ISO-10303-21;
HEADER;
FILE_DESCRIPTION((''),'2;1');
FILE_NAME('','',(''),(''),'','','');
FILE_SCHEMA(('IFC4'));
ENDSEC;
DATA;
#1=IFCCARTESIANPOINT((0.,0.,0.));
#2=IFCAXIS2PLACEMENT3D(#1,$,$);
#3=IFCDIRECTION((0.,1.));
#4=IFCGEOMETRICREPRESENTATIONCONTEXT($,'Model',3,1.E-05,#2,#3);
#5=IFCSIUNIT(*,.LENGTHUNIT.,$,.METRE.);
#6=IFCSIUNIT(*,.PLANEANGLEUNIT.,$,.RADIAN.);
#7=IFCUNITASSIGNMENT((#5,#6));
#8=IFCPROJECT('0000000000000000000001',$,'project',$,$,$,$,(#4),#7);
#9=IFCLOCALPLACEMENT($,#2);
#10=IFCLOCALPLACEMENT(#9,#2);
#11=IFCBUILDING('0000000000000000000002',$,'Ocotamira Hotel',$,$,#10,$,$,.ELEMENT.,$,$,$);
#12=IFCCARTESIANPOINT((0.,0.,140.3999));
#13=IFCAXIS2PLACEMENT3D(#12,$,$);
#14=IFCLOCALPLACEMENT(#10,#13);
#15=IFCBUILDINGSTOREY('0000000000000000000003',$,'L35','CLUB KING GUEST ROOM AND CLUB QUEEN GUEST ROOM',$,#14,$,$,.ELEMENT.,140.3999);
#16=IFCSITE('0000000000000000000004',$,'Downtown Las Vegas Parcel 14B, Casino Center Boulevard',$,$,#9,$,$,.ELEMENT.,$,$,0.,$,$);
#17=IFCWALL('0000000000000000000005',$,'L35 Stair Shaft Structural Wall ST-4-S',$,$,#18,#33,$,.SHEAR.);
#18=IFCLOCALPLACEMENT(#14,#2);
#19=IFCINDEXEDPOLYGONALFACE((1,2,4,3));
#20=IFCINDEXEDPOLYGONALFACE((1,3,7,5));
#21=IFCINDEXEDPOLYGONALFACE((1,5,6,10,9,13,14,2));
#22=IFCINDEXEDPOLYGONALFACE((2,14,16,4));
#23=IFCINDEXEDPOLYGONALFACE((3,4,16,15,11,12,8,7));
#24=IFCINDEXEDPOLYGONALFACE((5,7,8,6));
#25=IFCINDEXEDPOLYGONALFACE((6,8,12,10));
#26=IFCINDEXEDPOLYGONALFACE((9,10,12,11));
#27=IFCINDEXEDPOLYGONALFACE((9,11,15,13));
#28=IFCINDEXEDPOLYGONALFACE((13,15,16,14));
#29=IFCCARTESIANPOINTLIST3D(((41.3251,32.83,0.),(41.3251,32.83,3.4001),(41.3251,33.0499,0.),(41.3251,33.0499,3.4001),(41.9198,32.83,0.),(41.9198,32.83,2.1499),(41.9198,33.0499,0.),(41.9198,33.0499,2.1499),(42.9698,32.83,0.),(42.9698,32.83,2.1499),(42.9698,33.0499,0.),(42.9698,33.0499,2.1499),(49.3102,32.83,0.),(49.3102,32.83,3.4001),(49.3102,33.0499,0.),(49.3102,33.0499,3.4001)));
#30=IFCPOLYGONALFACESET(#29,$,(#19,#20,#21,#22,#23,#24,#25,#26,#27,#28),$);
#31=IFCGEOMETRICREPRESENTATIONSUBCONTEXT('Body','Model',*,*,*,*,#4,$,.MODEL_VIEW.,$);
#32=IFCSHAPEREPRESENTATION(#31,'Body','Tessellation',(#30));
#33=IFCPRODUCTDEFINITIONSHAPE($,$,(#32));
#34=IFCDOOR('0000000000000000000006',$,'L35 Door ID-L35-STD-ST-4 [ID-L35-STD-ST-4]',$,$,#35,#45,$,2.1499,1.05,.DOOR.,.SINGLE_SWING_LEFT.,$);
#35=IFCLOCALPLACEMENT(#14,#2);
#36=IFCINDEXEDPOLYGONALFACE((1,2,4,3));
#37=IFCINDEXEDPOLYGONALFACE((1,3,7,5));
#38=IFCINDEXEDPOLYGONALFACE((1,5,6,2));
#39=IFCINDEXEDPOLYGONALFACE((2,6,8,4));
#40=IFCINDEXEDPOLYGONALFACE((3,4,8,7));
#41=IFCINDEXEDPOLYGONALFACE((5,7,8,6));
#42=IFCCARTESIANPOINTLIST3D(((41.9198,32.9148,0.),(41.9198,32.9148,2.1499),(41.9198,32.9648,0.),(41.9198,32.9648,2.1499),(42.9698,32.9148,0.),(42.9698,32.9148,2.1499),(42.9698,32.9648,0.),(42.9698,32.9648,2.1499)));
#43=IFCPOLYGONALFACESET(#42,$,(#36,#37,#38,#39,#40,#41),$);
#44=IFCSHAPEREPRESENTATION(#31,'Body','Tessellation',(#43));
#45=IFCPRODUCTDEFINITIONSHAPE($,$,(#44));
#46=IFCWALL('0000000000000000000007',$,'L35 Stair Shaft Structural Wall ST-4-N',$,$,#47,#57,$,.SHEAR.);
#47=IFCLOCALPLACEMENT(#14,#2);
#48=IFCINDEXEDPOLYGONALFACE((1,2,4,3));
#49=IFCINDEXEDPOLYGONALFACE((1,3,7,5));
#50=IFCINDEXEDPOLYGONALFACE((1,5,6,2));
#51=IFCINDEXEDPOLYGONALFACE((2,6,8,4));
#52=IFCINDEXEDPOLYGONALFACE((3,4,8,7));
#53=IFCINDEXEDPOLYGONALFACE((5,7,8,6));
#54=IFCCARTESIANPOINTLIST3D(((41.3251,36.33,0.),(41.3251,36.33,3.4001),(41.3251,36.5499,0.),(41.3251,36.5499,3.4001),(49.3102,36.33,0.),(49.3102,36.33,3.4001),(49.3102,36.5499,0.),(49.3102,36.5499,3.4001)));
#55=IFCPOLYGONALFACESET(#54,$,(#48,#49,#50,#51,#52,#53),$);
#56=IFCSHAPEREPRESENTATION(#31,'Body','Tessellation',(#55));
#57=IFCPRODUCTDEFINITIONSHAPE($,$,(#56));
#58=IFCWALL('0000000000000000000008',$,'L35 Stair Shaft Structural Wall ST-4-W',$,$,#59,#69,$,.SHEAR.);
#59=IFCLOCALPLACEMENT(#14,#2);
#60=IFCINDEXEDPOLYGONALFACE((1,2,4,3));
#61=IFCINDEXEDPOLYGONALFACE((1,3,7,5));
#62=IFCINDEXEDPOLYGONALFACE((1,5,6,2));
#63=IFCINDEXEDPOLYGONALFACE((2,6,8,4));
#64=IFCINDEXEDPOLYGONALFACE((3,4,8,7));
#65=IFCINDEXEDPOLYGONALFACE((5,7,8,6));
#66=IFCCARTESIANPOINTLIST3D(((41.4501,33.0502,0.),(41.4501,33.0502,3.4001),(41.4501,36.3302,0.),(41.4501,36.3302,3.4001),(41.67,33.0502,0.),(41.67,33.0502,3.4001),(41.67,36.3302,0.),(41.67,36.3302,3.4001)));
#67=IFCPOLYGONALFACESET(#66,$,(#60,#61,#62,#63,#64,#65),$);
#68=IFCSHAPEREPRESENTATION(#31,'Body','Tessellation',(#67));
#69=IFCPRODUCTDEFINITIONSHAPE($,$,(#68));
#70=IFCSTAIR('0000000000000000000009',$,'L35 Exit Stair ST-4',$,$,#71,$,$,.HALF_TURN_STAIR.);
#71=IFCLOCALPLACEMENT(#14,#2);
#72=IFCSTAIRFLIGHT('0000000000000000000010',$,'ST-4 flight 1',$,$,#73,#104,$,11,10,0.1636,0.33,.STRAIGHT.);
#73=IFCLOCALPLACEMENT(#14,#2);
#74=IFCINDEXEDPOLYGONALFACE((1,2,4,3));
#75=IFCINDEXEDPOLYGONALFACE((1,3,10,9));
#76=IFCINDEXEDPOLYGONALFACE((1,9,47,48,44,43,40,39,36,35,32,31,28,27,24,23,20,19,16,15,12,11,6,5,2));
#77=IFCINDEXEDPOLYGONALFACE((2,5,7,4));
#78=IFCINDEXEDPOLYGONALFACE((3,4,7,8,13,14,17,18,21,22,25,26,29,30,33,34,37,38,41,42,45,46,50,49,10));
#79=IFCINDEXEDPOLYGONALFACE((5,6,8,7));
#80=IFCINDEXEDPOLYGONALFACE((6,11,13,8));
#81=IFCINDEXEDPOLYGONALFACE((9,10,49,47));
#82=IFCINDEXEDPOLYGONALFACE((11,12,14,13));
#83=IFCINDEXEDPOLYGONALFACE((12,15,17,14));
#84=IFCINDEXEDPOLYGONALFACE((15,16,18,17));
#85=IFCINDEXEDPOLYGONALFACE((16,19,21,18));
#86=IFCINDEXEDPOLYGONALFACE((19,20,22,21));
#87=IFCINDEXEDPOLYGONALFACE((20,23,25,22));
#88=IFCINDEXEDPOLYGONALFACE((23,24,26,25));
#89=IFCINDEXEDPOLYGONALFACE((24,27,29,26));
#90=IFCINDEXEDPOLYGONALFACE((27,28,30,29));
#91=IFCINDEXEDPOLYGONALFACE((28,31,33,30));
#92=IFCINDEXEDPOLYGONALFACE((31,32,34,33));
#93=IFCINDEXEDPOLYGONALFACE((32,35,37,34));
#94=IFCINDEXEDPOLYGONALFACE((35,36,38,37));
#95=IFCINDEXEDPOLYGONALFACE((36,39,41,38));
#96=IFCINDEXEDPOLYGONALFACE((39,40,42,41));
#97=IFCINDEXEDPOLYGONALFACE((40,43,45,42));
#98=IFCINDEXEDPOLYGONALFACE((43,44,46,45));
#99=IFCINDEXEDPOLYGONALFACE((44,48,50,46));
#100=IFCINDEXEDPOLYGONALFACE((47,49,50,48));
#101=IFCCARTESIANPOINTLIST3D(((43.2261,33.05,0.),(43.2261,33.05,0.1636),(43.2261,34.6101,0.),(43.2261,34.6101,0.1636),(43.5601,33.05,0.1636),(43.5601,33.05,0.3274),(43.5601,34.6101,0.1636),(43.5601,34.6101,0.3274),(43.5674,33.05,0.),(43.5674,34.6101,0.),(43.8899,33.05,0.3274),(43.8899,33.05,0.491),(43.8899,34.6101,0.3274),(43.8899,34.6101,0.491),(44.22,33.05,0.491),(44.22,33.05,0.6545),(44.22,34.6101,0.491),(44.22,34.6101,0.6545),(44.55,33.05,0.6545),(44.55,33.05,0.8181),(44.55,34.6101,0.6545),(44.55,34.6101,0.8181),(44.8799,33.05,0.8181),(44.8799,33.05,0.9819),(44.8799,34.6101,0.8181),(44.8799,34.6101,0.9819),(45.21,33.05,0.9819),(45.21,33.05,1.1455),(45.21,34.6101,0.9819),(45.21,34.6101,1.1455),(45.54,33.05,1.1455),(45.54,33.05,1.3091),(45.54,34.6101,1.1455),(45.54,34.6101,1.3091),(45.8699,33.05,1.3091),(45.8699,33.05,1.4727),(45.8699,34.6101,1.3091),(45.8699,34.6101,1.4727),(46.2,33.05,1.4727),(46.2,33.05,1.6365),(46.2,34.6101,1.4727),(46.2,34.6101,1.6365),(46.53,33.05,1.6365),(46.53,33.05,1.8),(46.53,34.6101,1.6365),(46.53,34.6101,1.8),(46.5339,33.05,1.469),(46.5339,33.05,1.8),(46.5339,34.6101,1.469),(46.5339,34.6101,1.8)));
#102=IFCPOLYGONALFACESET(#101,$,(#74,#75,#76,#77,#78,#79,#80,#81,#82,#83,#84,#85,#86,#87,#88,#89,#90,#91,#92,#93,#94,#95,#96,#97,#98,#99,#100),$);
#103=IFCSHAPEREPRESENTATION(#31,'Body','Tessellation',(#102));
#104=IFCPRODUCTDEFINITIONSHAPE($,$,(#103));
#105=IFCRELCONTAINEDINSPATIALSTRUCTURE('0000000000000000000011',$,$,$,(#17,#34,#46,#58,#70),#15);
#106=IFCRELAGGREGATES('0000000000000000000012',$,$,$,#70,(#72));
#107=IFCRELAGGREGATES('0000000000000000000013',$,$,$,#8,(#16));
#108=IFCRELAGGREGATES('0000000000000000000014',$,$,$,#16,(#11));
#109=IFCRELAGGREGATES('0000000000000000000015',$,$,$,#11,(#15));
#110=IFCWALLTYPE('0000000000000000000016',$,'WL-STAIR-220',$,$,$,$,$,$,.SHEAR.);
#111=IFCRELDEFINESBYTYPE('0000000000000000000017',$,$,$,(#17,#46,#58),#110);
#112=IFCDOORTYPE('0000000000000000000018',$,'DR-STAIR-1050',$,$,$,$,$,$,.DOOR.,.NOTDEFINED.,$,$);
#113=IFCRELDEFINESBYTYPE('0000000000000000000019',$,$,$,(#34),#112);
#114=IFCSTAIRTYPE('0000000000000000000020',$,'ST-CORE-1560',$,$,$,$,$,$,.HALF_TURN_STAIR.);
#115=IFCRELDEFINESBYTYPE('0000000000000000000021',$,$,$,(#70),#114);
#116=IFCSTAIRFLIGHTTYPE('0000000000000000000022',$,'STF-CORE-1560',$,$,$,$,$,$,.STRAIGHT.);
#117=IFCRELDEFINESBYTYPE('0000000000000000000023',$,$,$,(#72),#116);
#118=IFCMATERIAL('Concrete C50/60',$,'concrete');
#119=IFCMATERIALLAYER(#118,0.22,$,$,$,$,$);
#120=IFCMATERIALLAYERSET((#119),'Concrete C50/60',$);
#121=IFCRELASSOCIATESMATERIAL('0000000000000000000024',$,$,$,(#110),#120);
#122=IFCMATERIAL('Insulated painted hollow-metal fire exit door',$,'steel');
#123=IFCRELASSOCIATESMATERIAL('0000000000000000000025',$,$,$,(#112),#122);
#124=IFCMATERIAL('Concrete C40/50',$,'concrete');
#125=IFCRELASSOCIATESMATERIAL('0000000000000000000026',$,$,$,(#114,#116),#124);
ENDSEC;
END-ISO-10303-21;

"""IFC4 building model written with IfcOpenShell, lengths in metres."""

from ifc_helpers import new_model, si_unit, direction, frame, frame_2d, origin, place, context, subcontext, project, spatial, polyline, rectangle, outline, extrude, source, transform, mapped, material, layer, layer_set, type_object, element, fill, aggregate, save


model = new_model("IFC4")

# Units and contexts
model_context = context("Model", 3, precision=1e-05, world=origin(), true_north=direction((0.0, 1.0)))
body_context = subcontext(model_context, "Body", "Model", "MODEL_VIEW")
ifc_project = project(units=[si_unit("LENGTHUNIT", "METRE"), si_unit("PLANEANGLEUNIT", "RADIAN")], contexts=[model_context])

# Site, building, storey
site_placement = place(None, origin())
site = spatial("IfcSite", under=ifc_project, at=site_placement, Name="Downtown Las Vegas Parcel 14B, Casino Center Boulevard", CompositionType="ELEMENT", RefElevation=0.0)
building_placement = place(site_placement, origin())
building = spatial("IfcBuilding", under=site, at=building_placement, Name="Ocotamira Hotel", CompositionType="ELEMENT")
storey_placement = place(building_placement, frame((0.0, 0.0, 140.3999)))
storey = spatial("IfcBuildingStorey", under=building, at=storey_placement, Name="L35", Description="CLUB KING GUEST ROOM AND CLUB QUEEN GUEST ROOM", CompositionType="ELEMENT", Elevation=140.3999)

# Wall, opening, door
ifc_material_1 = material(Name="Concrete C50/60", Category="concrete")
ifc_layer_1 = layer(ifc_material_1, 0.22)
ifc_layer_set_1 = layer_set([ifc_layer_1], Name="Concrete C50/60")
wall_type_1 = type_object("IfcWallType", Name="WL-STAIR-220", PredefinedType="SHEAR", material=ifc_layer_set_1)
wall_1_placement = place(storey_placement, frame((41.325, 32.9399, 0.0), z_axis=(0.0, 0.0, 1.0), x_axis=(1.0, 0.0, 0.0)))
wall_1 = element("IfcWall", 1, at=wall_1_placement, inside=storey, type_object=wall_type_1, Name="L35 Stair Shaft Structural Wall ST-4-S", PredefinedType="SHEAR", context=body_context, shape_type="SweptSolid", body=[
    extrude(rectangle(XDim=7.9851, YDim=0.22, at=frame_2d((3.9927, 0.0))), origin(), (0.0, 0.0, 1.0), 3.4001),
])
opening_1_placement = place(wall_1_placement, frame((0.595, 0.0, 0.0)))
opening_1 = element("IfcOpeningElement", 2, at=opening_1_placement, cuts=wall_1, PredefinedType="OPENING", context=body_context, shape_type="SweptSolid", body=[
    extrude(rectangle(XDim=1.05, YDim=2.1499, at=frame_2d((0.5249, 1.075))), frame((0.0, 0.1201, 0.0), z_axis=(0.0, -1.0, 0.0), x_axis=(1.0, 0.0, 0.0)), (0.0, 0.0, 1.0), 0.24),
])
ifc_material_2 = material(Name="Insulated painted hollow-metal fire exit door", Category="steel")
door_type_1 = type_object("IfcDoorType", Name="DR-STAIR-1050", OperationType="NOTDEFINED", PredefinedType="DOOR", material=ifc_material_2)
shared_shape_1 = source(origin(), body_context, "Body", "SweptSolid", [
    extrude(rectangle(XDim=1.05, YDim=2.1499, at=frame_2d((0.5249, 1.075))), frame((0.0, 0.0249, 0.0), z_axis=(0.0, -1.0, 0.0), x_axis=(1.0, 0.0, 0.0)), (0.0, 0.0, 1.0), 0.05),
])
door_1_placement = place(opening_1_placement, origin())
door_1 = element("IfcDoor", 3, at=door_1_placement, inside=storey, type_object=door_type_1, Name="L35 Door ID-L35-STD-ST-4 [ID-L35-STD-ST-4]", OperationType="SINGLE_SWING_LEFT", OverallHeight=2.1499, OverallWidth=1.05, PredefinedType="DOOR", context=body_context, shape_type="MappedRepresentation", body=[
    mapped(shared_shape_1, transform((0.0, 0.0, 0.0), scale=1.0)),
])
fill(opening_1, door_1)

# Walls
wall_2_placement = place(storey_placement, frame((41.325, 36.4399, 0.0), z_axis=(0.0, 0.0, 1.0), x_axis=(1.0, 0.0, 0.0)))
element("IfcWall", 4, at=wall_2_placement, inside=storey, type_object=wall_type_1, Name="L35 Stair Shaft Structural Wall ST-4-N", PredefinedType="SHEAR", context=body_context, shape_type="SweptSolid", body=[
    extrude(rectangle(XDim=7.9851, YDim=0.22, at=frame_2d((3.9927, 0.0))), origin(), (0.0, 0.0, 1.0), 3.4001),
])
wall_3_placement = place(storey_placement, frame((41.5601, 33.05, 0.0), z_axis=(0.0, 0.0, 1.0), x_axis=(0.0, 1.0, 0.0)))
element("IfcWall", 5, at=wall_3_placement, inside=storey, type_object=wall_type_1, Name="L35 Stair Shaft Structural Wall ST-4-W", PredefinedType="SHEAR", context=body_context, shape_type="SweptSolid", body=[
    extrude(rectangle(XDim=3.28, YDim=0.22, at=frame_2d((1.6401, 0.0))), origin(), (0.0, 0.0, 1.0), 3.4001),
])

# Stair, stair flight
ifc_material_3 = material(Name="Concrete C40/50", Category="concrete")
stair_type = type_object("IfcStairType", Name="ST-CORE-1560", PredefinedType="HALF_TURN_STAIR", material=ifc_material_3)
stair_placement = place(storey_placement, origin())
stair = element("IfcStair", 6, at=stair_placement, inside=storey, type_object=stair_type, Name="L35 Exit Stair ST-4", PredefinedType="HALF_TURN_STAIR")
stair_flight_type = type_object("IfcStairFlightType", Name="STF-CORE-1560", PredefinedType="STRAIGHT", material=ifc_material_3)
shared_shape_2 = source(origin(), body_context, "Body", "SweptSolid", [
    extrude(outline(polyline([(-0.0039, 0.0), (-0.0039, 0.1636), (0.3301, 0.1636), (0.3301, 0.3274), (0.6599, 0.3274), (0.6599, 0.491), (0.99, 0.491), (0.99, 0.6545), (1.3201, 0.6545), (1.3201, 0.8181), (1.6499, 0.8181), (1.6499, 0.9819), (1.98, 0.9819), (1.98, 1.1455), (2.3101, 1.1455), (2.3101, 1.3091), (2.6399, 1.3091), (2.6399, 1.4727), (2.97, 1.4727), (2.97, 1.6365), (3.3, 1.6365), (3.3, 1.8), (3.304, 1.8), (3.304, 1.469), (0.3374, 0.0), (-0.0039, 0.0)])), frame((0.0, 0.78, 0.0), z_axis=(0.0, -1.0, 0.0), x_axis=(1.0, 0.0, 0.0)), (0.0, 0.0, 1.0), 1.5601),
])
stair_flight_placement = place(storey_placement, frame((43.23, 33.8301, 0.0), z_axis=(0.0, 0.0, 1.0), x_axis=(1.0, 0.0, 0.0)))
stair_flight = element("IfcStairFlight", 7, at=stair_flight_placement, type_object=stair_flight_type, Name="ST-4 flight 1", NumberOfRisers=11, NumberOfTreads=10, PredefinedType="STRAIGHT", RiserHeight=0.1636, TreadLength=0.33, context=body_context, shape_type="MappedRepresentation", body=[
    mapped(shared_shape_2, transform((0.0, 0.0, 0.0), scale=1.0)),
])
aggregate(stair, [stair_flight])

save(model, "model.ifc")
